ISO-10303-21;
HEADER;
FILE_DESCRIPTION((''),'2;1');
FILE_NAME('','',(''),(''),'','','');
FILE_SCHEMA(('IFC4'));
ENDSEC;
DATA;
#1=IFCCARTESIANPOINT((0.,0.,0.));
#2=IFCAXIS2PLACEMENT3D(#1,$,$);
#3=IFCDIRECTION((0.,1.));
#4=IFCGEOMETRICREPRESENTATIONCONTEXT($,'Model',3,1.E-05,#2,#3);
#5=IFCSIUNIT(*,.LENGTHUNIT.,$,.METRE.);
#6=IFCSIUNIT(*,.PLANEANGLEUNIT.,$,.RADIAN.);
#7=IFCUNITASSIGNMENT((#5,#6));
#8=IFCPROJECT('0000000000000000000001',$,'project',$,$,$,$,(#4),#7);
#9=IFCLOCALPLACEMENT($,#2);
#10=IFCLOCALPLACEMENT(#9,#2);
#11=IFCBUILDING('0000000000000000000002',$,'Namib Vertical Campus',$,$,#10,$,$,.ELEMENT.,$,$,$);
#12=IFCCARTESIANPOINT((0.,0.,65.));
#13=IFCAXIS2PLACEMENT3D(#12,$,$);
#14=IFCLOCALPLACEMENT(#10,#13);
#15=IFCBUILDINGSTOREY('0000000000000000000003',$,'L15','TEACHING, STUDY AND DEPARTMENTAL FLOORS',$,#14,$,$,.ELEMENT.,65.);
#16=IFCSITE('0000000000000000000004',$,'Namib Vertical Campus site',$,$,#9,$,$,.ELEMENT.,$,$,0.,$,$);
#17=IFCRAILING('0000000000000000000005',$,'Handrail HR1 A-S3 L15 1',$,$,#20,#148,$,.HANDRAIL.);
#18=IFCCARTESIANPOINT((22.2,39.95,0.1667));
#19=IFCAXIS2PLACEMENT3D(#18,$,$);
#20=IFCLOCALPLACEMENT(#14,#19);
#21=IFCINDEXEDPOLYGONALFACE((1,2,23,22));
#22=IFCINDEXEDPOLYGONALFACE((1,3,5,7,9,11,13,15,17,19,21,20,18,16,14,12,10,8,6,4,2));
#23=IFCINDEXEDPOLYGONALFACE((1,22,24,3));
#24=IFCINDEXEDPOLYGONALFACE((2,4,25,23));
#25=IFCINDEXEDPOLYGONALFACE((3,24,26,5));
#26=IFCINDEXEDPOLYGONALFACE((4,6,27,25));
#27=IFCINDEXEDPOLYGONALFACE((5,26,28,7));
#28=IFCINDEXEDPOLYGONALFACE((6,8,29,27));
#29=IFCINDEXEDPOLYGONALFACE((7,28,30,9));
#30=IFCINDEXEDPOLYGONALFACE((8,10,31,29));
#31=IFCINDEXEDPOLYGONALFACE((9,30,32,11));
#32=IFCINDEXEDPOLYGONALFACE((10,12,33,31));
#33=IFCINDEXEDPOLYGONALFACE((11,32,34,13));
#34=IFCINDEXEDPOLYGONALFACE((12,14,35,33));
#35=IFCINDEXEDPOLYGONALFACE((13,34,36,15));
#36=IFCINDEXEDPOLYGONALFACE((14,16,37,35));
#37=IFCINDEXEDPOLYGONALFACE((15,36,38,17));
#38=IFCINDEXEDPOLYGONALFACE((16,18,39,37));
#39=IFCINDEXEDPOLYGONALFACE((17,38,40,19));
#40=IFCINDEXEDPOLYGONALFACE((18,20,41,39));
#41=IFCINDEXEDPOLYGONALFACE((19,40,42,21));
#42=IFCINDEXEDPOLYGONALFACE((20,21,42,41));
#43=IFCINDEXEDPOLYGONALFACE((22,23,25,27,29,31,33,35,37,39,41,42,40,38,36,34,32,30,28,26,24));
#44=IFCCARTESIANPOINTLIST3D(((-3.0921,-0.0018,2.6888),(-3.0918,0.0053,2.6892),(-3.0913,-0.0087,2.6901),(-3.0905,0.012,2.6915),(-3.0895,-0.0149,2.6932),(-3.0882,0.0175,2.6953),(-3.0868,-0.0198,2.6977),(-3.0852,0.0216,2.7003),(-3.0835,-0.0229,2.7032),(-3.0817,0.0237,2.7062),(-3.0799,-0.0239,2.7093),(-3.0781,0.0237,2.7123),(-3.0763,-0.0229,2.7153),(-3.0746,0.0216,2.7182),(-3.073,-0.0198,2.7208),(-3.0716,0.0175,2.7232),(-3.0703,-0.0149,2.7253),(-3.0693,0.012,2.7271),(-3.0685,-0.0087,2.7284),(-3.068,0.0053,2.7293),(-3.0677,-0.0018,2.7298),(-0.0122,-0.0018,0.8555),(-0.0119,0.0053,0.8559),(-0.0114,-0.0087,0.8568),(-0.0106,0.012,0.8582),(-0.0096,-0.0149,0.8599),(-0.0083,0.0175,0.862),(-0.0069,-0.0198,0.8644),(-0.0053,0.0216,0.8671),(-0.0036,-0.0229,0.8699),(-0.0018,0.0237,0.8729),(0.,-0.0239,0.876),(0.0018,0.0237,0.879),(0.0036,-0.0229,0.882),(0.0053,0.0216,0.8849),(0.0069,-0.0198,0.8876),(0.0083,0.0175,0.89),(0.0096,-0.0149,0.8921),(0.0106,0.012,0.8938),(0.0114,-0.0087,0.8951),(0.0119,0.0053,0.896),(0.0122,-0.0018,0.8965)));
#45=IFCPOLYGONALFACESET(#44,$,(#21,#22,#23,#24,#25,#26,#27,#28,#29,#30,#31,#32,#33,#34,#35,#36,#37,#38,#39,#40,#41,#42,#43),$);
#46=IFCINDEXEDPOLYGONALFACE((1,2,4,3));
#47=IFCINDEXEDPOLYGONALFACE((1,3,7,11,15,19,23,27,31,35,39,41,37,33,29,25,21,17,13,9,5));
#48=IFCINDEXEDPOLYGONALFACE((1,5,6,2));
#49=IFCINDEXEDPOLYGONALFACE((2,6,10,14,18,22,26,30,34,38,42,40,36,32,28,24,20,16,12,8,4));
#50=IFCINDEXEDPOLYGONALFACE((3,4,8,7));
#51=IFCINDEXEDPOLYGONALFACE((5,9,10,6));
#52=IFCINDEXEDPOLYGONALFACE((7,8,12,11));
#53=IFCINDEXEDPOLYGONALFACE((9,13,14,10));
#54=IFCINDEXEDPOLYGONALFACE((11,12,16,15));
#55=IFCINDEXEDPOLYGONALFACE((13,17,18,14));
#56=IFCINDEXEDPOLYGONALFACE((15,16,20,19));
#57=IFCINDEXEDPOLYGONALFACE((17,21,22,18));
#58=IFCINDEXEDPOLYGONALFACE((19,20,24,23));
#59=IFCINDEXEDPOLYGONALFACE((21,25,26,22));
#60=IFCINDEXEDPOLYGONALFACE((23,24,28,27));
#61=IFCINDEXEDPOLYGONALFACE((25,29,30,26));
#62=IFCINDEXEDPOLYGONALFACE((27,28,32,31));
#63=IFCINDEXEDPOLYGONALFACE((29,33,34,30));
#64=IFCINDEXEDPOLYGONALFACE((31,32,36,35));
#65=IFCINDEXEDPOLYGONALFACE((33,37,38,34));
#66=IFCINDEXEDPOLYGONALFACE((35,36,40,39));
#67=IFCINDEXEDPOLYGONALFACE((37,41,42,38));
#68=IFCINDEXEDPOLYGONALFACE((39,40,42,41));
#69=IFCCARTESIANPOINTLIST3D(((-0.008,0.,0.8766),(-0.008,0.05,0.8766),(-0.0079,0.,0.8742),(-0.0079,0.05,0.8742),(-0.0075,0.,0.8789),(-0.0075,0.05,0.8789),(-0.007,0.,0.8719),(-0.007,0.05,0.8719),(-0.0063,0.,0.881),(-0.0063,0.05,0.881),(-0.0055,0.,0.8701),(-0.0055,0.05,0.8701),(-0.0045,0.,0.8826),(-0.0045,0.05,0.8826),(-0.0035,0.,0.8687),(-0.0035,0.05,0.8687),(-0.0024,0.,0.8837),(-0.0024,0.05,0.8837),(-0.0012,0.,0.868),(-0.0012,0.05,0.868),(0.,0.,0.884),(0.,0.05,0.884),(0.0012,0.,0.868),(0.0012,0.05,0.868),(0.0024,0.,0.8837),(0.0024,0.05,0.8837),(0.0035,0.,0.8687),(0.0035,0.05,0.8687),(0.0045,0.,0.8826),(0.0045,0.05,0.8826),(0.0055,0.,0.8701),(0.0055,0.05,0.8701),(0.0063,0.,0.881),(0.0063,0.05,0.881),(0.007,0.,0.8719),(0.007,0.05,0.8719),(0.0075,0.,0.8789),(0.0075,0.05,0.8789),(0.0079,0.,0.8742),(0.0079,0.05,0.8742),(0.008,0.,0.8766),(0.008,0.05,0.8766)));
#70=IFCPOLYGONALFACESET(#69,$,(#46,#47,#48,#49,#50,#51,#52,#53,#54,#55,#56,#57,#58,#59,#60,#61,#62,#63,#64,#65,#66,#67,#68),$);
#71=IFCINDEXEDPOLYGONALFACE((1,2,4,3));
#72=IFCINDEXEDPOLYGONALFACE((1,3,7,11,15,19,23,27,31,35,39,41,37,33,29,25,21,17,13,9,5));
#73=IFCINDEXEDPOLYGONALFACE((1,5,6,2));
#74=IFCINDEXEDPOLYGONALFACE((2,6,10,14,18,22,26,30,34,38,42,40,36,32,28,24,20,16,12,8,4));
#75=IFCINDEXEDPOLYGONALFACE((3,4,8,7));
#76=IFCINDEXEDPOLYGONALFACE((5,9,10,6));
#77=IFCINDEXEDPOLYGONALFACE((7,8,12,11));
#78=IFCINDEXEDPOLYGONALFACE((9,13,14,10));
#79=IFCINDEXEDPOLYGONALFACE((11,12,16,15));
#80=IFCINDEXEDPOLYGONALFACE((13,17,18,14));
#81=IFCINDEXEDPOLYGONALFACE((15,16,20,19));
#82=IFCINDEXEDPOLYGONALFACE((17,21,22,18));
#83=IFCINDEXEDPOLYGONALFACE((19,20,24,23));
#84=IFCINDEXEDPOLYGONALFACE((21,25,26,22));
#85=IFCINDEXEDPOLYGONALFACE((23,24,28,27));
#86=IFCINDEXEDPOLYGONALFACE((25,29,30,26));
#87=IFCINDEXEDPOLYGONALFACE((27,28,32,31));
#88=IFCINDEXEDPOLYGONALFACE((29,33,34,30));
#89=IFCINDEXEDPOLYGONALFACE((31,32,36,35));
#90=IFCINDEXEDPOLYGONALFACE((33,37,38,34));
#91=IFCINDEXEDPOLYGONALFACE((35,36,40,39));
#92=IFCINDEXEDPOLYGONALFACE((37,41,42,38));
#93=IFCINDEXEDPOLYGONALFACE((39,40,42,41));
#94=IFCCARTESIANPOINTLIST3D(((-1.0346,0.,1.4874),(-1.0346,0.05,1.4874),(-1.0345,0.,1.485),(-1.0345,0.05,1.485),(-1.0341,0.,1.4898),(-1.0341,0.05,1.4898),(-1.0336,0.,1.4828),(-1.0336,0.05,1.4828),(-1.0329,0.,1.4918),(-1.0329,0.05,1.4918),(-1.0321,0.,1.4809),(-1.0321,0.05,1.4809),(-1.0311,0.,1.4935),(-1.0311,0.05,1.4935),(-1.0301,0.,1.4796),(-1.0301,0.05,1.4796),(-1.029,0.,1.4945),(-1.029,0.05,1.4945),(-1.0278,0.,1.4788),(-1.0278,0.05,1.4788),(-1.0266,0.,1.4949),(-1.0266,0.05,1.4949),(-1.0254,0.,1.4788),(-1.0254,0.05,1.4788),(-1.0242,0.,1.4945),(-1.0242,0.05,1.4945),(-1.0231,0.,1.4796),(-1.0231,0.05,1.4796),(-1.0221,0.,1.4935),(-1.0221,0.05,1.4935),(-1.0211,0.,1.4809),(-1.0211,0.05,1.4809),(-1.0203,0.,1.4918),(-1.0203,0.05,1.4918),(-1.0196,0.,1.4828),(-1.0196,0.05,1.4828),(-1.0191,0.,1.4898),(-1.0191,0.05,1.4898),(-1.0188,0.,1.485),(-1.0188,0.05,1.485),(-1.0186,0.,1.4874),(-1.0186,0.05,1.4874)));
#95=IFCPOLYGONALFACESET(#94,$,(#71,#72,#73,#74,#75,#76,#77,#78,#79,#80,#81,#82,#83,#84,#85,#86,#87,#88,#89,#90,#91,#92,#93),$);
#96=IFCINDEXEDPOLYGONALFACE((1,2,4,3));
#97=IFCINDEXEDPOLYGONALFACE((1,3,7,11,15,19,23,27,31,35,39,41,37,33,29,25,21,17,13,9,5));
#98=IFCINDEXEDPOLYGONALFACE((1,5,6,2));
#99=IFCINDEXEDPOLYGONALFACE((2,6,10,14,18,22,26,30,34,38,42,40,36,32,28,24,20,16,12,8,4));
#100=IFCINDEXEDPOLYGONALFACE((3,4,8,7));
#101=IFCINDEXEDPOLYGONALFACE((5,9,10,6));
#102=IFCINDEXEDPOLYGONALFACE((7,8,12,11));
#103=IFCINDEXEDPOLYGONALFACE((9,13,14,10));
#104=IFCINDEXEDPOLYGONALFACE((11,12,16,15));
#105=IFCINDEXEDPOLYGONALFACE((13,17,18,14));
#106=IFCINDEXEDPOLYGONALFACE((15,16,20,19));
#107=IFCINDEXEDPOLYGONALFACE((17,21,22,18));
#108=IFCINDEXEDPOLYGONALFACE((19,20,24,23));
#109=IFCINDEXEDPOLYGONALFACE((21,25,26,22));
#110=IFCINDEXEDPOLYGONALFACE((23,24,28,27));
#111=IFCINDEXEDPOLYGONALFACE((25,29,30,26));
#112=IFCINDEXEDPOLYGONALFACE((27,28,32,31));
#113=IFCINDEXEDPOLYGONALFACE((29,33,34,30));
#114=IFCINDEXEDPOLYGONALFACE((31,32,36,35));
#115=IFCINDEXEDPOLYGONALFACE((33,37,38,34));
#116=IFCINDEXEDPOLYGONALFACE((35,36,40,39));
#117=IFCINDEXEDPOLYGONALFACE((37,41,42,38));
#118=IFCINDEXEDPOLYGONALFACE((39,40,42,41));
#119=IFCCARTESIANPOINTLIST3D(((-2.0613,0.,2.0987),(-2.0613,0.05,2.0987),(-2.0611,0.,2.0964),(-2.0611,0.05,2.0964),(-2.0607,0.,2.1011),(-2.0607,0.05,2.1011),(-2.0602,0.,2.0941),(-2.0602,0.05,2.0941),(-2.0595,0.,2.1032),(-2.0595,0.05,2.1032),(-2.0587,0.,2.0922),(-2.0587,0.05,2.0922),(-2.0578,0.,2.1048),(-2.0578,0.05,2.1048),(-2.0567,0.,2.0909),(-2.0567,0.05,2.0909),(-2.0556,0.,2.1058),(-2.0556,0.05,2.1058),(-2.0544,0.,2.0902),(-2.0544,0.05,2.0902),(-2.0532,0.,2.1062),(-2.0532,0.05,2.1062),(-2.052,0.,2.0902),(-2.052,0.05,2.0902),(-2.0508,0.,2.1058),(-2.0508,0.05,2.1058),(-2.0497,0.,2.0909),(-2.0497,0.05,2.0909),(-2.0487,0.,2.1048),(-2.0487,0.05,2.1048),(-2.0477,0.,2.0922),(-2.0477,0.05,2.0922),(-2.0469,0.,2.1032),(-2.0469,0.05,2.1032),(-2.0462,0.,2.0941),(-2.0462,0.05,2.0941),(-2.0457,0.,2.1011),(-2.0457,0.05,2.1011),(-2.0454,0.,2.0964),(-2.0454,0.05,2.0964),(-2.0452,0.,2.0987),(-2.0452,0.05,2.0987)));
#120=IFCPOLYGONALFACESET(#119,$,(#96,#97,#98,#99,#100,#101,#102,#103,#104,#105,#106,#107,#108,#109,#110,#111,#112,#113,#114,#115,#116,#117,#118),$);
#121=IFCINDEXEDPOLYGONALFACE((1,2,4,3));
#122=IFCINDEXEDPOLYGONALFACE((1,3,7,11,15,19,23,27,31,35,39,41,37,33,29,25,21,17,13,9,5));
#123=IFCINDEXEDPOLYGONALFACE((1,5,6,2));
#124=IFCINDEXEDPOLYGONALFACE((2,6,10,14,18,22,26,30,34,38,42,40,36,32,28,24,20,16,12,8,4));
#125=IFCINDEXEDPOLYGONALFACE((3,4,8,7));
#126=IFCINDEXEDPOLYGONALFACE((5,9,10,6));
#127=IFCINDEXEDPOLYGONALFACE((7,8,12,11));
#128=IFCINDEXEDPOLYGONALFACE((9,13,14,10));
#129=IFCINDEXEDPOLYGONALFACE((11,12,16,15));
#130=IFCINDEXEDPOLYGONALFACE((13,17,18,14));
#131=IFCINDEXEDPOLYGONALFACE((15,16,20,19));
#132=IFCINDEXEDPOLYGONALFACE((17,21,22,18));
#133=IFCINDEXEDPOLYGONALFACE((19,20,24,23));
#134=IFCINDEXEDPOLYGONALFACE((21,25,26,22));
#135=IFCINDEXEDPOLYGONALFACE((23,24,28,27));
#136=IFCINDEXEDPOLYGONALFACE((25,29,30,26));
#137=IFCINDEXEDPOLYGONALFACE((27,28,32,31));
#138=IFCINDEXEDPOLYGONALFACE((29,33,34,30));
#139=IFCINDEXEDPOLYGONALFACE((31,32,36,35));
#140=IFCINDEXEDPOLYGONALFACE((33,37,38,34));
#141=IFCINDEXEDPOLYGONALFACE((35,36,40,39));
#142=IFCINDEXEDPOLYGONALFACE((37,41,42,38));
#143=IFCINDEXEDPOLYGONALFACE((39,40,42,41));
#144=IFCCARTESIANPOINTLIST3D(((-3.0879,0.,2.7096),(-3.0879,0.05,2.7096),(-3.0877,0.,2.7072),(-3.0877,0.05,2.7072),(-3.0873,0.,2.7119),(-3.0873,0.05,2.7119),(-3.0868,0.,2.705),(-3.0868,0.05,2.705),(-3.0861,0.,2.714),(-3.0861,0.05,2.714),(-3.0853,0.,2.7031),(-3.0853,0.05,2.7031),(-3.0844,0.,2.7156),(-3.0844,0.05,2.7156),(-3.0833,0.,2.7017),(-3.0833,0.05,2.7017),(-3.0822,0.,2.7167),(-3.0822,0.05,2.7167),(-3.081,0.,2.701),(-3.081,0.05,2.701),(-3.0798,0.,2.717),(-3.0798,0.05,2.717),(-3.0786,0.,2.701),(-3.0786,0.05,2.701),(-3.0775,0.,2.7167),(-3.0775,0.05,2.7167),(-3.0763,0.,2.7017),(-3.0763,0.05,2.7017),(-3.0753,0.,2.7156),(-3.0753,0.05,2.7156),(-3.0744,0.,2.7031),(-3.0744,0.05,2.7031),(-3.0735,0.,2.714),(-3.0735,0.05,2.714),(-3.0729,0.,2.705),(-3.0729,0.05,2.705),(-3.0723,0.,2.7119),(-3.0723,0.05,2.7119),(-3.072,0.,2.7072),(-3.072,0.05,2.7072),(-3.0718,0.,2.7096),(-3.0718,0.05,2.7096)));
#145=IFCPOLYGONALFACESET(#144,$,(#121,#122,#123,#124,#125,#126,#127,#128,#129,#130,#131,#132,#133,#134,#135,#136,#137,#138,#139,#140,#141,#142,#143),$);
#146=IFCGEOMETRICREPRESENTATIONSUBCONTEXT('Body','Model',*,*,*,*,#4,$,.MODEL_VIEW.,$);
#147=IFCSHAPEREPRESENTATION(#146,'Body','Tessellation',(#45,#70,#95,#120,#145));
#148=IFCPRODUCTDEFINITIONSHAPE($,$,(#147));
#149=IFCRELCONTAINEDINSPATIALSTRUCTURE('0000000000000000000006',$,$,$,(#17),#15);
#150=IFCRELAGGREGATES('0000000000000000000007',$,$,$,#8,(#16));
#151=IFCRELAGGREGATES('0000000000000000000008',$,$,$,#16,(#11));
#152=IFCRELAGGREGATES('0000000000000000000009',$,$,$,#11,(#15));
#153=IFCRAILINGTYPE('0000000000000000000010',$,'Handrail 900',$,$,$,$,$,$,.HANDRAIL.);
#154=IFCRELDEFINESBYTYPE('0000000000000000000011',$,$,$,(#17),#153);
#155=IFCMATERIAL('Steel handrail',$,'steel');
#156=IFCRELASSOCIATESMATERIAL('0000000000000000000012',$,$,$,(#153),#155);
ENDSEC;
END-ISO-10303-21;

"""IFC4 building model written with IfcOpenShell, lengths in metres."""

from ifc_helpers import new_model, si_unit, direction, frame, origin, origin_2d, place, context, subcontext, project, spatial, circle, extrude, material, type_object, element, save


model = new_model("IFC4")

# Units and contexts
model_context = context("Model", 3, precision=1e-05, world=origin(), true_north=direction((0.0, 1.0)))
body_context = subcontext(model_context, "Body", "Model", "MODEL_VIEW")
ifc_project = project(units=[si_unit("LENGTHUNIT", "METRE"), si_unit("PLANEANGLEUNIT", "RADIAN")], contexts=[model_context])

# Site, building, storey
site_placement = place(None, origin())
site = spatial("IfcSite", under=ifc_project, at=site_placement, Name="Namib Vertical Campus site", CompositionType="ELEMENT", RefElevation=0.0)
building_placement = place(site_placement, origin())
building = spatial("IfcBuilding", under=site, at=building_placement, Name="Namib Vertical Campus", CompositionType="ELEMENT")
storey_placement = place(building_placement, frame((0.0, 0.0, 65.0)))
storey = spatial("IfcBuildingStorey", under=building, at=storey_placement, Name="L15", Description="TEACHING, STUDY AND DEPARTMENTAL FLOORS", CompositionType="ELEMENT", Elevation=65.0)

# Railing
ifc_material_1 = material(Name="Steel handrail", Category="steel")
railing_type_1 = type_object("IfcRailingType", Name="Handrail 900", PredefinedType="HANDRAIL", material=ifc_material_1)
railing_1_placement = place(storey_placement, frame((22.2, 39.95, 0.1667)))
element("IfcRailing", 1, at=railing_1_placement, inside=storey, type_object=railing_type_1, Name="Handrail HR1 A-S3 L15 1", PredefinedType="HANDRAIL", context=body_context, shape_type="SweptSolid", body=[
    extrude(circle(Radius=0.0239, at=origin_2d()), frame((0.0, 0.0, 0.876), z_axis=(-0.859291, 0.0, 0.511487), x_axis=(0.0, -1.0, 0.0)), (0.0, 0.0, 1.0), 3.5842),
    extrude(circle(Radius=0.0081, at=origin_2d()), frame((0.0, 0.0, 0.876), z_axis=(0.0, 1.0, 0.0), x_axis=(0.0, 0.0, 1.0)), (0.0, 0.0, 1.0), 0.05),
    extrude(circle(Radius=0.0081, at=origin_2d()), frame((-1.0266, 0.0, 1.4868), z_axis=(0.0, 1.0, 0.0), x_axis=(0.0, 0.0, 1.0)), (0.0, 0.0, 1.0), 0.05),
    extrude(circle(Radius=0.0081, at=origin_2d()), frame((-2.0532, 0.0, 2.0981), z_axis=(0.0, 1.0, 0.0), x_axis=(0.0, 0.0, 1.0)), (0.0, 0.0, 1.0), 0.05),
    extrude(circle(Radius=0.0081, at=origin_2d()), frame((-3.0798, 0.0, 2.709), z_axis=(0.0, 1.0, 0.0), x_axis=(0.0, 0.0, 1.0)), (0.0, 0.0, 1.0), 0.05),
])

save(model, "model.ifc")
